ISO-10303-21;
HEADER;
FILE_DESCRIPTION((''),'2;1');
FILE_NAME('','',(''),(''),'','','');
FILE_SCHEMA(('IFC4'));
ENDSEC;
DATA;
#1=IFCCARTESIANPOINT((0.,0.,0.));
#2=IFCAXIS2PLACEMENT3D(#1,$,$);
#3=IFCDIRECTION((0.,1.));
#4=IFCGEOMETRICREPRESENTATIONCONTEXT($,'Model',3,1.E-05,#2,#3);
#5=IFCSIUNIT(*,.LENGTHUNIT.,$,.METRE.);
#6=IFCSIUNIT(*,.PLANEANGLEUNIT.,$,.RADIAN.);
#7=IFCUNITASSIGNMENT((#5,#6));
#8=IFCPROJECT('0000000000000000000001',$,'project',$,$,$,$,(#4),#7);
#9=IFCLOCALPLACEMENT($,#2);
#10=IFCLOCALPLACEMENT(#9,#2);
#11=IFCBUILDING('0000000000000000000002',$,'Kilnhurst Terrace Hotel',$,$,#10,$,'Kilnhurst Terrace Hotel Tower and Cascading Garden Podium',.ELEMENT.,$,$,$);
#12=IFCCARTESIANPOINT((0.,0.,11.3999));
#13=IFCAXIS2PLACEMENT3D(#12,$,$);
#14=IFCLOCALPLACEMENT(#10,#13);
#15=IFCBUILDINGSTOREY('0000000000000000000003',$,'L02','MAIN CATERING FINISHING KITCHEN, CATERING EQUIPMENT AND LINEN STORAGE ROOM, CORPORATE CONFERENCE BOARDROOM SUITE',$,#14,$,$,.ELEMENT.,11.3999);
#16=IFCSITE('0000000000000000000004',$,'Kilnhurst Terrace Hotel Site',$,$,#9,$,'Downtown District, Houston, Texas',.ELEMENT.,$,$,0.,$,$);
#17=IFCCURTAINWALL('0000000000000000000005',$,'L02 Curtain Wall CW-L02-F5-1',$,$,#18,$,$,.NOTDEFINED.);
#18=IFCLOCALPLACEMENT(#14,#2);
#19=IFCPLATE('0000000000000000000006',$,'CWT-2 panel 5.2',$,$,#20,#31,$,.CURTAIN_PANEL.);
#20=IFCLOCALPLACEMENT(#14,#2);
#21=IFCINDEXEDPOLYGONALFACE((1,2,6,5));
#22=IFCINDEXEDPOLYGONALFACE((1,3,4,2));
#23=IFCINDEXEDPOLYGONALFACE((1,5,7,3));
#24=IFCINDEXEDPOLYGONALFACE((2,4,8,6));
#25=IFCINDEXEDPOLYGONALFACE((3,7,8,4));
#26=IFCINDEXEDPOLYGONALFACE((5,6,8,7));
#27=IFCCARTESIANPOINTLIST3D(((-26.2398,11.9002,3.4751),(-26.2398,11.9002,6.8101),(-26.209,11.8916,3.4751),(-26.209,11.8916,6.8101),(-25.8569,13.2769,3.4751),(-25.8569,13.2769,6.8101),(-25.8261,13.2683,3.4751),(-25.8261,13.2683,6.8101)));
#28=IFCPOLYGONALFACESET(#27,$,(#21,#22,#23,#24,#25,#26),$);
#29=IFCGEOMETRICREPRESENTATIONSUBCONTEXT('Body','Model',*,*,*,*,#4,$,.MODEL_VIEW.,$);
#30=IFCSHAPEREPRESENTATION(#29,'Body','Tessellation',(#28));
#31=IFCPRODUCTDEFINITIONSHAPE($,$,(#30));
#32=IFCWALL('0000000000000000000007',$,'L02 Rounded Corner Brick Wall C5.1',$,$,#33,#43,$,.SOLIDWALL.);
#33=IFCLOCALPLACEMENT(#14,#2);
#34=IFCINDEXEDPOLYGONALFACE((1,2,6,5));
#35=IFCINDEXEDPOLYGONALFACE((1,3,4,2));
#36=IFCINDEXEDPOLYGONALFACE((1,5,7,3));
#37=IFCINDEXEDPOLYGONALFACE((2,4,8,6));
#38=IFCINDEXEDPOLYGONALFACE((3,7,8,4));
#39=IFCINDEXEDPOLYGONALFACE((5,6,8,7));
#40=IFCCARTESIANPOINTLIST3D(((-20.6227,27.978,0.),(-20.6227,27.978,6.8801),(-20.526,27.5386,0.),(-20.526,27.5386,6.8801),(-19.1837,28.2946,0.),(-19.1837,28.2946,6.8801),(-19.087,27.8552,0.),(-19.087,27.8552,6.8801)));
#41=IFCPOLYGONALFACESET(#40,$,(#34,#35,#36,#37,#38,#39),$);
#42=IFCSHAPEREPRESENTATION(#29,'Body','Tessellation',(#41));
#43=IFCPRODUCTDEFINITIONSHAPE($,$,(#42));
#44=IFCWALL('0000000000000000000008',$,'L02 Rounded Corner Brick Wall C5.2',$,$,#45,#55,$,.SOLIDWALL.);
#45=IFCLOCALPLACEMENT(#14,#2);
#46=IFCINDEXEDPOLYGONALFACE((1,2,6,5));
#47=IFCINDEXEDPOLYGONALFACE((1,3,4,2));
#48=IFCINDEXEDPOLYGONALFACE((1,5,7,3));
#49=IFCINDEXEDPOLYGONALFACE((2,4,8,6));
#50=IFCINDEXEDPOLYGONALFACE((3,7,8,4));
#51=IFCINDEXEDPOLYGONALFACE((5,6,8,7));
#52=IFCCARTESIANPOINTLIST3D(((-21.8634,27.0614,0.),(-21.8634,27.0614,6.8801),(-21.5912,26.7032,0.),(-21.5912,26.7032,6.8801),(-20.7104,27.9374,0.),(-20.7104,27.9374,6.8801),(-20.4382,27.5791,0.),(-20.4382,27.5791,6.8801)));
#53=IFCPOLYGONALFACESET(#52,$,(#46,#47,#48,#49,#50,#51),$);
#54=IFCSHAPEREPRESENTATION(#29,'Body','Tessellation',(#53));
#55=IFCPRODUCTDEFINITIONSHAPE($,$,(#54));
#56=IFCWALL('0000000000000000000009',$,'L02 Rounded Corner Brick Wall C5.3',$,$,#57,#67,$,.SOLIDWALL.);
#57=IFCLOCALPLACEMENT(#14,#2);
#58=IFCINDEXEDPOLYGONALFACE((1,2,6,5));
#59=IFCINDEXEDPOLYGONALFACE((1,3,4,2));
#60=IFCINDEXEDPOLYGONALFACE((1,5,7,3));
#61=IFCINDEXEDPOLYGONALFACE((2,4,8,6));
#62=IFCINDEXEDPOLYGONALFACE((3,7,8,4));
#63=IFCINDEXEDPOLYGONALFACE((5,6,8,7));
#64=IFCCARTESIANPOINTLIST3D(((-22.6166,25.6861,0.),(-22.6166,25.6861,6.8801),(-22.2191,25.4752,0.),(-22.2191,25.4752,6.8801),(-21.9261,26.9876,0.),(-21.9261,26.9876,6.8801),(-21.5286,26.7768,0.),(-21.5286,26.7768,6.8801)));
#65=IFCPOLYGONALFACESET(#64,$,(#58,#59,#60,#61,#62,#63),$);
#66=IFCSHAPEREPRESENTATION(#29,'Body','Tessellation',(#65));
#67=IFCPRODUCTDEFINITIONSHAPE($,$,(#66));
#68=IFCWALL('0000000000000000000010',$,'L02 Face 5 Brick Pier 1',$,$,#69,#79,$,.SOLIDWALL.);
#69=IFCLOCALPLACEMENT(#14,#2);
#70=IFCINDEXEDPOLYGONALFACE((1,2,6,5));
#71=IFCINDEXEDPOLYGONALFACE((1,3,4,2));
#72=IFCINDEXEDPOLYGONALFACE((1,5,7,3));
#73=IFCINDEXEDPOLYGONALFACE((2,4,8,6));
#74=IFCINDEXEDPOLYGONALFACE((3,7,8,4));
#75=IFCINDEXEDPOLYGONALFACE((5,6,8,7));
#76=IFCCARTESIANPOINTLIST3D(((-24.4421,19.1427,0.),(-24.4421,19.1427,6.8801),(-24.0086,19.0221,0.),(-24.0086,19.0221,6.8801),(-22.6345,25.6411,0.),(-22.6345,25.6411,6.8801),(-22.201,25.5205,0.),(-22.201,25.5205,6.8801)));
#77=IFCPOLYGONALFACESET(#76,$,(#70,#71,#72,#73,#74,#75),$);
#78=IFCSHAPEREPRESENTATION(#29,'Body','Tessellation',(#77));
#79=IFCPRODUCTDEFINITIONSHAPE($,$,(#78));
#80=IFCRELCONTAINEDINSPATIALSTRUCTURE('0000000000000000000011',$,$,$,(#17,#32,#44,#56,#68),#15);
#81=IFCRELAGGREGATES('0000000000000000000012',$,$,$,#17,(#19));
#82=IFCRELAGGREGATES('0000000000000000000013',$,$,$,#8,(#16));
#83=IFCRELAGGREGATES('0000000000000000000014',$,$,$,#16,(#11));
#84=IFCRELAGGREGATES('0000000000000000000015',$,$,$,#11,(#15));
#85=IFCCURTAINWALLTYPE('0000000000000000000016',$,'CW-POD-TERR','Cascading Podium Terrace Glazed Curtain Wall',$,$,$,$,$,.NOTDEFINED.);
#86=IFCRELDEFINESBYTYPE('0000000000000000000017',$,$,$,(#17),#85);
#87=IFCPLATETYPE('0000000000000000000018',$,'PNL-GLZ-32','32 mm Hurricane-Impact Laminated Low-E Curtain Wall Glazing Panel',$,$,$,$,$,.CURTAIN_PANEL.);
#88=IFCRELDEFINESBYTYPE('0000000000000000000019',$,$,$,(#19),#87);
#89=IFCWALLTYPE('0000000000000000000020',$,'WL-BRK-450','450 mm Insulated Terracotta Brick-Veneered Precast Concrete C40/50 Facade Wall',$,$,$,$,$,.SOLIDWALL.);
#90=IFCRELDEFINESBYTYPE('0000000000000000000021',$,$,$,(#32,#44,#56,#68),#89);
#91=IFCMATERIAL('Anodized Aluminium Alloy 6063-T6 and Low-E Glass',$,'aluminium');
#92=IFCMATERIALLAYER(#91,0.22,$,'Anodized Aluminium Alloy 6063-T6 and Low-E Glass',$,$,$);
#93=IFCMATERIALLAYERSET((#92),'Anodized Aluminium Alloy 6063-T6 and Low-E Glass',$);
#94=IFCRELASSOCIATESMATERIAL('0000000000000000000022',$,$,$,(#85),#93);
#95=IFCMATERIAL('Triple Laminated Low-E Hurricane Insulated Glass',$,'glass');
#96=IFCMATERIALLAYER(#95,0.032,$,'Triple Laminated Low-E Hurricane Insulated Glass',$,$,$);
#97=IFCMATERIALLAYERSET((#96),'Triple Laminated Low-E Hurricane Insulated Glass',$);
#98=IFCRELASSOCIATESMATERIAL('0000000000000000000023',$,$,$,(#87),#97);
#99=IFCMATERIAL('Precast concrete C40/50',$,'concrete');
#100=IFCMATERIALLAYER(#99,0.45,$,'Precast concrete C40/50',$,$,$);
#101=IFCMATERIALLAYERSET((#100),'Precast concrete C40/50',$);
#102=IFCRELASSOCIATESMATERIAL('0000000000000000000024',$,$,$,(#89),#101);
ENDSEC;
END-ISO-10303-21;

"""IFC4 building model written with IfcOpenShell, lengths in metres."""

from ifc_helpers import new_model, si_unit, direction, frame, frame_2d, origin, origin_2d, place, context, subcontext, project, spatial, rectangle, extrude, material, layer, layer_set, type_object, element, aggregate, save


model = new_model("IFC4")

# Units and contexts
model_context = context("Model", 3, precision=1e-05, world=origin(), true_north=direction((0.0, 1.0)))
body_context = subcontext(model_context, "Body", "Model", "MODEL_VIEW")
ifc_project = project(units=[si_unit("LENGTHUNIT", "METRE"), si_unit("PLANEANGLEUNIT", "RADIAN")], contexts=[model_context])

# Site, building, storey
site_placement = place(None, origin())
site = spatial("IfcSite", under=ifc_project, at=site_placement, Name="Kilnhurst Terrace Hotel Site", LongName="Downtown District, Houston, Texas", CompositionType="ELEMENT", RefElevation=0.0)
building_placement = place(site_placement, origin())
building = spatial("IfcBuilding", under=site, at=building_placement, Name="Kilnhurst Terrace Hotel", LongName="Kilnhurst Terrace Hotel Tower and Cascading Garden Podium", CompositionType="ELEMENT")
storey_placement = place(building_placement, frame((0.0, 0.0, 11.3999)))
storey = spatial("IfcBuildingStorey", under=building, at=storey_placement, Name="L02", Description="MAIN CATERING FINISHING KITCHEN, CATERING EQUIPMENT AND LINEN STORAGE ROOM, CORPORATE CONFERENCE BOARDROOM SUITE", CompositionType="ELEMENT", Elevation=11.3999)

# Curtain wall, plate
ifc_material_1 = material(Name="Anodized Aluminium Alloy 6063-T6 and Low-E Glass", Category="aluminium")
ifc_layer_1 = layer(ifc_material_1, 0.22, Name="Anodized Aluminium Alloy 6063-T6 and Low-E Glass")
ifc_layer_set_1 = layer_set([ifc_layer_1], Name="Anodized Aluminium Alloy 6063-T6 and Low-E Glass")
curtain_wall_type = type_object("IfcCurtainWallType", Name="CW-POD-TERR", Description="Cascading Podium Terrace Glazed Curtain Wall", PredefinedType="NOTDEFINED", material=ifc_layer_set_1)
curtain_wall_placement = place(storey_placement, origin())
curtain_wall = element("IfcCurtainWall", 1, at=curtain_wall_placement, inside=storey, type_object=curtain_wall_type, Name="L02 Curtain Wall CW-L02-F5-1", PredefinedType="NOTDEFINED")
ifc_material_2 = material(Name="Triple Laminated Low-E Hurricane Insulated Glass", Category="glass")
ifc_layer_2 = layer(ifc_material_2, 0.032, Name="Triple Laminated Low-E Hurricane Insulated Glass")
ifc_layer_set_2 = layer_set([ifc_layer_2], Name="Triple Laminated Low-E Hurricane Insulated Glass")
plate_type = type_object("IfcPlateType", Name="PNL-GLZ-32", Description="32 mm Hurricane-Impact Laminated Low-E Curtain Wall Glazing Panel", PredefinedType="CURTAIN_PANEL", material=ifc_layer_set_2)
plate_1_placement = place(storey_placement, frame((-26.033, 12.5842, 3.4751), z_axis=(0.0, 0.0, 1.0), x_axis=(-0.267992, -0.963421, 0.0)))
plate_1 = element("IfcPlate", 2, at=plate_1_placement, type_object=plate_type, Name="CWT-2 panel 5.2", PredefinedType="CURTAIN_PANEL", context=body_context, shape_type="SweptSolid", body=[
    extrude(rectangle(XDim=1.429, YDim=0.032, at=origin_2d()), origin(), (0.0, 0.0, 1.0), 3.335),
])
aggregate(curtain_wall, [plate_1])

# Walls
ifc_material_3 = material(Name="Precast concrete C40/50", Category="concrete")
ifc_layer_3 = layer(ifc_material_3, 0.45, Name="Precast concrete C40/50")
ifc_layer_set_3 = layer_set([ifc_layer_3], Name="Precast concrete C40/50")
wall_type = type_object("IfcWallType", Name="WL-BRK-450", Description="450 mm Insulated Terracotta Brick-Veneered Precast Concrete C40/50 Facade Wall", PredefinedType="SOLIDWALL", material=ifc_layer_set_3)
wall_1_placement = place(storey_placement, frame((-19.1353, 28.075, 0.0), z_axis=(0.0, 0.0, 1.0), x_axis=(-0.976633, -0.214912, 0.0)))
element("IfcWall", 3, at=wall_1_placement, inside=storey, type_object=wall_type, Name="L02 Rounded Corner Brick Wall C5.1", PredefinedType="SOLIDWALL", context=body_context, shape_type="SweptSolid", body=[
    extrude(rectangle(XDim=1.4734, YDim=0.45, at=frame_2d((0.7368, 0.0))), origin(), (0.0, 0.0, 1.0), 6.8801),
])
wall_2_placement = place(storey_placement, frame((-20.5742, 27.7583, 0.0), z_axis=(0.0, 0.0, 1.0), x_axis=(-0.796282, -0.604925, 0.0)))
element("IfcWall", 4, at=wall_2_placement, inside=storey, type_object=wall_type, Name="L02 Rounded Corner Brick Wall C5.2", PredefinedType="SOLIDWALL", context=body_context, shape_type="SweptSolid", body=[
    extrude(rectangle(XDim=1.448, YDim=0.45, at=frame_2d((0.7241, 0.0))), origin(), (0.0, 0.0, 1.0), 6.8801),
])
wall_3_placement = place(storey_placement, frame((-21.7273, 26.8823, 0.0), z_axis=(0.0, 0.0, 1.0), x_axis=(-0.468626, -0.883397, 0.0)))
element("IfcWall", 5, at=wall_3_placement, inside=storey, type_object=wall_type, Name="L02 Rounded Corner Brick Wall C5.3", PredefinedType="SOLIDWALL", context=body_context, shape_type="SweptSolid", body=[
    extrude(rectangle(XDim=1.4734, YDim=0.45, at=frame_2d((0.7368, 0.0))), origin(), (0.0, 0.0, 1.0), 6.8801),
])
wall_4_placement = place(storey_placement, frame((-22.4177, 25.5808, 0.0), z_axis=(0.0, 0.0, 1.0), x_axis=(-0.267993, -0.963421, 0.0)))
element("IfcWall", 6, at=wall_4_placement, inside=storey, type_object=wall_type, Name="L02 Face 5 Brick Pier 1", PredefinedType="SOLIDWALL", context=body_context, shape_type="SweptSolid", body=[
    extrude(rectangle(XDim=6.7451, YDim=0.45, at=frame_2d((3.3726, 0.0))), origin(), (0.0, 0.0, 1.0), 6.8801),
])

save(model, "model.ifc")
